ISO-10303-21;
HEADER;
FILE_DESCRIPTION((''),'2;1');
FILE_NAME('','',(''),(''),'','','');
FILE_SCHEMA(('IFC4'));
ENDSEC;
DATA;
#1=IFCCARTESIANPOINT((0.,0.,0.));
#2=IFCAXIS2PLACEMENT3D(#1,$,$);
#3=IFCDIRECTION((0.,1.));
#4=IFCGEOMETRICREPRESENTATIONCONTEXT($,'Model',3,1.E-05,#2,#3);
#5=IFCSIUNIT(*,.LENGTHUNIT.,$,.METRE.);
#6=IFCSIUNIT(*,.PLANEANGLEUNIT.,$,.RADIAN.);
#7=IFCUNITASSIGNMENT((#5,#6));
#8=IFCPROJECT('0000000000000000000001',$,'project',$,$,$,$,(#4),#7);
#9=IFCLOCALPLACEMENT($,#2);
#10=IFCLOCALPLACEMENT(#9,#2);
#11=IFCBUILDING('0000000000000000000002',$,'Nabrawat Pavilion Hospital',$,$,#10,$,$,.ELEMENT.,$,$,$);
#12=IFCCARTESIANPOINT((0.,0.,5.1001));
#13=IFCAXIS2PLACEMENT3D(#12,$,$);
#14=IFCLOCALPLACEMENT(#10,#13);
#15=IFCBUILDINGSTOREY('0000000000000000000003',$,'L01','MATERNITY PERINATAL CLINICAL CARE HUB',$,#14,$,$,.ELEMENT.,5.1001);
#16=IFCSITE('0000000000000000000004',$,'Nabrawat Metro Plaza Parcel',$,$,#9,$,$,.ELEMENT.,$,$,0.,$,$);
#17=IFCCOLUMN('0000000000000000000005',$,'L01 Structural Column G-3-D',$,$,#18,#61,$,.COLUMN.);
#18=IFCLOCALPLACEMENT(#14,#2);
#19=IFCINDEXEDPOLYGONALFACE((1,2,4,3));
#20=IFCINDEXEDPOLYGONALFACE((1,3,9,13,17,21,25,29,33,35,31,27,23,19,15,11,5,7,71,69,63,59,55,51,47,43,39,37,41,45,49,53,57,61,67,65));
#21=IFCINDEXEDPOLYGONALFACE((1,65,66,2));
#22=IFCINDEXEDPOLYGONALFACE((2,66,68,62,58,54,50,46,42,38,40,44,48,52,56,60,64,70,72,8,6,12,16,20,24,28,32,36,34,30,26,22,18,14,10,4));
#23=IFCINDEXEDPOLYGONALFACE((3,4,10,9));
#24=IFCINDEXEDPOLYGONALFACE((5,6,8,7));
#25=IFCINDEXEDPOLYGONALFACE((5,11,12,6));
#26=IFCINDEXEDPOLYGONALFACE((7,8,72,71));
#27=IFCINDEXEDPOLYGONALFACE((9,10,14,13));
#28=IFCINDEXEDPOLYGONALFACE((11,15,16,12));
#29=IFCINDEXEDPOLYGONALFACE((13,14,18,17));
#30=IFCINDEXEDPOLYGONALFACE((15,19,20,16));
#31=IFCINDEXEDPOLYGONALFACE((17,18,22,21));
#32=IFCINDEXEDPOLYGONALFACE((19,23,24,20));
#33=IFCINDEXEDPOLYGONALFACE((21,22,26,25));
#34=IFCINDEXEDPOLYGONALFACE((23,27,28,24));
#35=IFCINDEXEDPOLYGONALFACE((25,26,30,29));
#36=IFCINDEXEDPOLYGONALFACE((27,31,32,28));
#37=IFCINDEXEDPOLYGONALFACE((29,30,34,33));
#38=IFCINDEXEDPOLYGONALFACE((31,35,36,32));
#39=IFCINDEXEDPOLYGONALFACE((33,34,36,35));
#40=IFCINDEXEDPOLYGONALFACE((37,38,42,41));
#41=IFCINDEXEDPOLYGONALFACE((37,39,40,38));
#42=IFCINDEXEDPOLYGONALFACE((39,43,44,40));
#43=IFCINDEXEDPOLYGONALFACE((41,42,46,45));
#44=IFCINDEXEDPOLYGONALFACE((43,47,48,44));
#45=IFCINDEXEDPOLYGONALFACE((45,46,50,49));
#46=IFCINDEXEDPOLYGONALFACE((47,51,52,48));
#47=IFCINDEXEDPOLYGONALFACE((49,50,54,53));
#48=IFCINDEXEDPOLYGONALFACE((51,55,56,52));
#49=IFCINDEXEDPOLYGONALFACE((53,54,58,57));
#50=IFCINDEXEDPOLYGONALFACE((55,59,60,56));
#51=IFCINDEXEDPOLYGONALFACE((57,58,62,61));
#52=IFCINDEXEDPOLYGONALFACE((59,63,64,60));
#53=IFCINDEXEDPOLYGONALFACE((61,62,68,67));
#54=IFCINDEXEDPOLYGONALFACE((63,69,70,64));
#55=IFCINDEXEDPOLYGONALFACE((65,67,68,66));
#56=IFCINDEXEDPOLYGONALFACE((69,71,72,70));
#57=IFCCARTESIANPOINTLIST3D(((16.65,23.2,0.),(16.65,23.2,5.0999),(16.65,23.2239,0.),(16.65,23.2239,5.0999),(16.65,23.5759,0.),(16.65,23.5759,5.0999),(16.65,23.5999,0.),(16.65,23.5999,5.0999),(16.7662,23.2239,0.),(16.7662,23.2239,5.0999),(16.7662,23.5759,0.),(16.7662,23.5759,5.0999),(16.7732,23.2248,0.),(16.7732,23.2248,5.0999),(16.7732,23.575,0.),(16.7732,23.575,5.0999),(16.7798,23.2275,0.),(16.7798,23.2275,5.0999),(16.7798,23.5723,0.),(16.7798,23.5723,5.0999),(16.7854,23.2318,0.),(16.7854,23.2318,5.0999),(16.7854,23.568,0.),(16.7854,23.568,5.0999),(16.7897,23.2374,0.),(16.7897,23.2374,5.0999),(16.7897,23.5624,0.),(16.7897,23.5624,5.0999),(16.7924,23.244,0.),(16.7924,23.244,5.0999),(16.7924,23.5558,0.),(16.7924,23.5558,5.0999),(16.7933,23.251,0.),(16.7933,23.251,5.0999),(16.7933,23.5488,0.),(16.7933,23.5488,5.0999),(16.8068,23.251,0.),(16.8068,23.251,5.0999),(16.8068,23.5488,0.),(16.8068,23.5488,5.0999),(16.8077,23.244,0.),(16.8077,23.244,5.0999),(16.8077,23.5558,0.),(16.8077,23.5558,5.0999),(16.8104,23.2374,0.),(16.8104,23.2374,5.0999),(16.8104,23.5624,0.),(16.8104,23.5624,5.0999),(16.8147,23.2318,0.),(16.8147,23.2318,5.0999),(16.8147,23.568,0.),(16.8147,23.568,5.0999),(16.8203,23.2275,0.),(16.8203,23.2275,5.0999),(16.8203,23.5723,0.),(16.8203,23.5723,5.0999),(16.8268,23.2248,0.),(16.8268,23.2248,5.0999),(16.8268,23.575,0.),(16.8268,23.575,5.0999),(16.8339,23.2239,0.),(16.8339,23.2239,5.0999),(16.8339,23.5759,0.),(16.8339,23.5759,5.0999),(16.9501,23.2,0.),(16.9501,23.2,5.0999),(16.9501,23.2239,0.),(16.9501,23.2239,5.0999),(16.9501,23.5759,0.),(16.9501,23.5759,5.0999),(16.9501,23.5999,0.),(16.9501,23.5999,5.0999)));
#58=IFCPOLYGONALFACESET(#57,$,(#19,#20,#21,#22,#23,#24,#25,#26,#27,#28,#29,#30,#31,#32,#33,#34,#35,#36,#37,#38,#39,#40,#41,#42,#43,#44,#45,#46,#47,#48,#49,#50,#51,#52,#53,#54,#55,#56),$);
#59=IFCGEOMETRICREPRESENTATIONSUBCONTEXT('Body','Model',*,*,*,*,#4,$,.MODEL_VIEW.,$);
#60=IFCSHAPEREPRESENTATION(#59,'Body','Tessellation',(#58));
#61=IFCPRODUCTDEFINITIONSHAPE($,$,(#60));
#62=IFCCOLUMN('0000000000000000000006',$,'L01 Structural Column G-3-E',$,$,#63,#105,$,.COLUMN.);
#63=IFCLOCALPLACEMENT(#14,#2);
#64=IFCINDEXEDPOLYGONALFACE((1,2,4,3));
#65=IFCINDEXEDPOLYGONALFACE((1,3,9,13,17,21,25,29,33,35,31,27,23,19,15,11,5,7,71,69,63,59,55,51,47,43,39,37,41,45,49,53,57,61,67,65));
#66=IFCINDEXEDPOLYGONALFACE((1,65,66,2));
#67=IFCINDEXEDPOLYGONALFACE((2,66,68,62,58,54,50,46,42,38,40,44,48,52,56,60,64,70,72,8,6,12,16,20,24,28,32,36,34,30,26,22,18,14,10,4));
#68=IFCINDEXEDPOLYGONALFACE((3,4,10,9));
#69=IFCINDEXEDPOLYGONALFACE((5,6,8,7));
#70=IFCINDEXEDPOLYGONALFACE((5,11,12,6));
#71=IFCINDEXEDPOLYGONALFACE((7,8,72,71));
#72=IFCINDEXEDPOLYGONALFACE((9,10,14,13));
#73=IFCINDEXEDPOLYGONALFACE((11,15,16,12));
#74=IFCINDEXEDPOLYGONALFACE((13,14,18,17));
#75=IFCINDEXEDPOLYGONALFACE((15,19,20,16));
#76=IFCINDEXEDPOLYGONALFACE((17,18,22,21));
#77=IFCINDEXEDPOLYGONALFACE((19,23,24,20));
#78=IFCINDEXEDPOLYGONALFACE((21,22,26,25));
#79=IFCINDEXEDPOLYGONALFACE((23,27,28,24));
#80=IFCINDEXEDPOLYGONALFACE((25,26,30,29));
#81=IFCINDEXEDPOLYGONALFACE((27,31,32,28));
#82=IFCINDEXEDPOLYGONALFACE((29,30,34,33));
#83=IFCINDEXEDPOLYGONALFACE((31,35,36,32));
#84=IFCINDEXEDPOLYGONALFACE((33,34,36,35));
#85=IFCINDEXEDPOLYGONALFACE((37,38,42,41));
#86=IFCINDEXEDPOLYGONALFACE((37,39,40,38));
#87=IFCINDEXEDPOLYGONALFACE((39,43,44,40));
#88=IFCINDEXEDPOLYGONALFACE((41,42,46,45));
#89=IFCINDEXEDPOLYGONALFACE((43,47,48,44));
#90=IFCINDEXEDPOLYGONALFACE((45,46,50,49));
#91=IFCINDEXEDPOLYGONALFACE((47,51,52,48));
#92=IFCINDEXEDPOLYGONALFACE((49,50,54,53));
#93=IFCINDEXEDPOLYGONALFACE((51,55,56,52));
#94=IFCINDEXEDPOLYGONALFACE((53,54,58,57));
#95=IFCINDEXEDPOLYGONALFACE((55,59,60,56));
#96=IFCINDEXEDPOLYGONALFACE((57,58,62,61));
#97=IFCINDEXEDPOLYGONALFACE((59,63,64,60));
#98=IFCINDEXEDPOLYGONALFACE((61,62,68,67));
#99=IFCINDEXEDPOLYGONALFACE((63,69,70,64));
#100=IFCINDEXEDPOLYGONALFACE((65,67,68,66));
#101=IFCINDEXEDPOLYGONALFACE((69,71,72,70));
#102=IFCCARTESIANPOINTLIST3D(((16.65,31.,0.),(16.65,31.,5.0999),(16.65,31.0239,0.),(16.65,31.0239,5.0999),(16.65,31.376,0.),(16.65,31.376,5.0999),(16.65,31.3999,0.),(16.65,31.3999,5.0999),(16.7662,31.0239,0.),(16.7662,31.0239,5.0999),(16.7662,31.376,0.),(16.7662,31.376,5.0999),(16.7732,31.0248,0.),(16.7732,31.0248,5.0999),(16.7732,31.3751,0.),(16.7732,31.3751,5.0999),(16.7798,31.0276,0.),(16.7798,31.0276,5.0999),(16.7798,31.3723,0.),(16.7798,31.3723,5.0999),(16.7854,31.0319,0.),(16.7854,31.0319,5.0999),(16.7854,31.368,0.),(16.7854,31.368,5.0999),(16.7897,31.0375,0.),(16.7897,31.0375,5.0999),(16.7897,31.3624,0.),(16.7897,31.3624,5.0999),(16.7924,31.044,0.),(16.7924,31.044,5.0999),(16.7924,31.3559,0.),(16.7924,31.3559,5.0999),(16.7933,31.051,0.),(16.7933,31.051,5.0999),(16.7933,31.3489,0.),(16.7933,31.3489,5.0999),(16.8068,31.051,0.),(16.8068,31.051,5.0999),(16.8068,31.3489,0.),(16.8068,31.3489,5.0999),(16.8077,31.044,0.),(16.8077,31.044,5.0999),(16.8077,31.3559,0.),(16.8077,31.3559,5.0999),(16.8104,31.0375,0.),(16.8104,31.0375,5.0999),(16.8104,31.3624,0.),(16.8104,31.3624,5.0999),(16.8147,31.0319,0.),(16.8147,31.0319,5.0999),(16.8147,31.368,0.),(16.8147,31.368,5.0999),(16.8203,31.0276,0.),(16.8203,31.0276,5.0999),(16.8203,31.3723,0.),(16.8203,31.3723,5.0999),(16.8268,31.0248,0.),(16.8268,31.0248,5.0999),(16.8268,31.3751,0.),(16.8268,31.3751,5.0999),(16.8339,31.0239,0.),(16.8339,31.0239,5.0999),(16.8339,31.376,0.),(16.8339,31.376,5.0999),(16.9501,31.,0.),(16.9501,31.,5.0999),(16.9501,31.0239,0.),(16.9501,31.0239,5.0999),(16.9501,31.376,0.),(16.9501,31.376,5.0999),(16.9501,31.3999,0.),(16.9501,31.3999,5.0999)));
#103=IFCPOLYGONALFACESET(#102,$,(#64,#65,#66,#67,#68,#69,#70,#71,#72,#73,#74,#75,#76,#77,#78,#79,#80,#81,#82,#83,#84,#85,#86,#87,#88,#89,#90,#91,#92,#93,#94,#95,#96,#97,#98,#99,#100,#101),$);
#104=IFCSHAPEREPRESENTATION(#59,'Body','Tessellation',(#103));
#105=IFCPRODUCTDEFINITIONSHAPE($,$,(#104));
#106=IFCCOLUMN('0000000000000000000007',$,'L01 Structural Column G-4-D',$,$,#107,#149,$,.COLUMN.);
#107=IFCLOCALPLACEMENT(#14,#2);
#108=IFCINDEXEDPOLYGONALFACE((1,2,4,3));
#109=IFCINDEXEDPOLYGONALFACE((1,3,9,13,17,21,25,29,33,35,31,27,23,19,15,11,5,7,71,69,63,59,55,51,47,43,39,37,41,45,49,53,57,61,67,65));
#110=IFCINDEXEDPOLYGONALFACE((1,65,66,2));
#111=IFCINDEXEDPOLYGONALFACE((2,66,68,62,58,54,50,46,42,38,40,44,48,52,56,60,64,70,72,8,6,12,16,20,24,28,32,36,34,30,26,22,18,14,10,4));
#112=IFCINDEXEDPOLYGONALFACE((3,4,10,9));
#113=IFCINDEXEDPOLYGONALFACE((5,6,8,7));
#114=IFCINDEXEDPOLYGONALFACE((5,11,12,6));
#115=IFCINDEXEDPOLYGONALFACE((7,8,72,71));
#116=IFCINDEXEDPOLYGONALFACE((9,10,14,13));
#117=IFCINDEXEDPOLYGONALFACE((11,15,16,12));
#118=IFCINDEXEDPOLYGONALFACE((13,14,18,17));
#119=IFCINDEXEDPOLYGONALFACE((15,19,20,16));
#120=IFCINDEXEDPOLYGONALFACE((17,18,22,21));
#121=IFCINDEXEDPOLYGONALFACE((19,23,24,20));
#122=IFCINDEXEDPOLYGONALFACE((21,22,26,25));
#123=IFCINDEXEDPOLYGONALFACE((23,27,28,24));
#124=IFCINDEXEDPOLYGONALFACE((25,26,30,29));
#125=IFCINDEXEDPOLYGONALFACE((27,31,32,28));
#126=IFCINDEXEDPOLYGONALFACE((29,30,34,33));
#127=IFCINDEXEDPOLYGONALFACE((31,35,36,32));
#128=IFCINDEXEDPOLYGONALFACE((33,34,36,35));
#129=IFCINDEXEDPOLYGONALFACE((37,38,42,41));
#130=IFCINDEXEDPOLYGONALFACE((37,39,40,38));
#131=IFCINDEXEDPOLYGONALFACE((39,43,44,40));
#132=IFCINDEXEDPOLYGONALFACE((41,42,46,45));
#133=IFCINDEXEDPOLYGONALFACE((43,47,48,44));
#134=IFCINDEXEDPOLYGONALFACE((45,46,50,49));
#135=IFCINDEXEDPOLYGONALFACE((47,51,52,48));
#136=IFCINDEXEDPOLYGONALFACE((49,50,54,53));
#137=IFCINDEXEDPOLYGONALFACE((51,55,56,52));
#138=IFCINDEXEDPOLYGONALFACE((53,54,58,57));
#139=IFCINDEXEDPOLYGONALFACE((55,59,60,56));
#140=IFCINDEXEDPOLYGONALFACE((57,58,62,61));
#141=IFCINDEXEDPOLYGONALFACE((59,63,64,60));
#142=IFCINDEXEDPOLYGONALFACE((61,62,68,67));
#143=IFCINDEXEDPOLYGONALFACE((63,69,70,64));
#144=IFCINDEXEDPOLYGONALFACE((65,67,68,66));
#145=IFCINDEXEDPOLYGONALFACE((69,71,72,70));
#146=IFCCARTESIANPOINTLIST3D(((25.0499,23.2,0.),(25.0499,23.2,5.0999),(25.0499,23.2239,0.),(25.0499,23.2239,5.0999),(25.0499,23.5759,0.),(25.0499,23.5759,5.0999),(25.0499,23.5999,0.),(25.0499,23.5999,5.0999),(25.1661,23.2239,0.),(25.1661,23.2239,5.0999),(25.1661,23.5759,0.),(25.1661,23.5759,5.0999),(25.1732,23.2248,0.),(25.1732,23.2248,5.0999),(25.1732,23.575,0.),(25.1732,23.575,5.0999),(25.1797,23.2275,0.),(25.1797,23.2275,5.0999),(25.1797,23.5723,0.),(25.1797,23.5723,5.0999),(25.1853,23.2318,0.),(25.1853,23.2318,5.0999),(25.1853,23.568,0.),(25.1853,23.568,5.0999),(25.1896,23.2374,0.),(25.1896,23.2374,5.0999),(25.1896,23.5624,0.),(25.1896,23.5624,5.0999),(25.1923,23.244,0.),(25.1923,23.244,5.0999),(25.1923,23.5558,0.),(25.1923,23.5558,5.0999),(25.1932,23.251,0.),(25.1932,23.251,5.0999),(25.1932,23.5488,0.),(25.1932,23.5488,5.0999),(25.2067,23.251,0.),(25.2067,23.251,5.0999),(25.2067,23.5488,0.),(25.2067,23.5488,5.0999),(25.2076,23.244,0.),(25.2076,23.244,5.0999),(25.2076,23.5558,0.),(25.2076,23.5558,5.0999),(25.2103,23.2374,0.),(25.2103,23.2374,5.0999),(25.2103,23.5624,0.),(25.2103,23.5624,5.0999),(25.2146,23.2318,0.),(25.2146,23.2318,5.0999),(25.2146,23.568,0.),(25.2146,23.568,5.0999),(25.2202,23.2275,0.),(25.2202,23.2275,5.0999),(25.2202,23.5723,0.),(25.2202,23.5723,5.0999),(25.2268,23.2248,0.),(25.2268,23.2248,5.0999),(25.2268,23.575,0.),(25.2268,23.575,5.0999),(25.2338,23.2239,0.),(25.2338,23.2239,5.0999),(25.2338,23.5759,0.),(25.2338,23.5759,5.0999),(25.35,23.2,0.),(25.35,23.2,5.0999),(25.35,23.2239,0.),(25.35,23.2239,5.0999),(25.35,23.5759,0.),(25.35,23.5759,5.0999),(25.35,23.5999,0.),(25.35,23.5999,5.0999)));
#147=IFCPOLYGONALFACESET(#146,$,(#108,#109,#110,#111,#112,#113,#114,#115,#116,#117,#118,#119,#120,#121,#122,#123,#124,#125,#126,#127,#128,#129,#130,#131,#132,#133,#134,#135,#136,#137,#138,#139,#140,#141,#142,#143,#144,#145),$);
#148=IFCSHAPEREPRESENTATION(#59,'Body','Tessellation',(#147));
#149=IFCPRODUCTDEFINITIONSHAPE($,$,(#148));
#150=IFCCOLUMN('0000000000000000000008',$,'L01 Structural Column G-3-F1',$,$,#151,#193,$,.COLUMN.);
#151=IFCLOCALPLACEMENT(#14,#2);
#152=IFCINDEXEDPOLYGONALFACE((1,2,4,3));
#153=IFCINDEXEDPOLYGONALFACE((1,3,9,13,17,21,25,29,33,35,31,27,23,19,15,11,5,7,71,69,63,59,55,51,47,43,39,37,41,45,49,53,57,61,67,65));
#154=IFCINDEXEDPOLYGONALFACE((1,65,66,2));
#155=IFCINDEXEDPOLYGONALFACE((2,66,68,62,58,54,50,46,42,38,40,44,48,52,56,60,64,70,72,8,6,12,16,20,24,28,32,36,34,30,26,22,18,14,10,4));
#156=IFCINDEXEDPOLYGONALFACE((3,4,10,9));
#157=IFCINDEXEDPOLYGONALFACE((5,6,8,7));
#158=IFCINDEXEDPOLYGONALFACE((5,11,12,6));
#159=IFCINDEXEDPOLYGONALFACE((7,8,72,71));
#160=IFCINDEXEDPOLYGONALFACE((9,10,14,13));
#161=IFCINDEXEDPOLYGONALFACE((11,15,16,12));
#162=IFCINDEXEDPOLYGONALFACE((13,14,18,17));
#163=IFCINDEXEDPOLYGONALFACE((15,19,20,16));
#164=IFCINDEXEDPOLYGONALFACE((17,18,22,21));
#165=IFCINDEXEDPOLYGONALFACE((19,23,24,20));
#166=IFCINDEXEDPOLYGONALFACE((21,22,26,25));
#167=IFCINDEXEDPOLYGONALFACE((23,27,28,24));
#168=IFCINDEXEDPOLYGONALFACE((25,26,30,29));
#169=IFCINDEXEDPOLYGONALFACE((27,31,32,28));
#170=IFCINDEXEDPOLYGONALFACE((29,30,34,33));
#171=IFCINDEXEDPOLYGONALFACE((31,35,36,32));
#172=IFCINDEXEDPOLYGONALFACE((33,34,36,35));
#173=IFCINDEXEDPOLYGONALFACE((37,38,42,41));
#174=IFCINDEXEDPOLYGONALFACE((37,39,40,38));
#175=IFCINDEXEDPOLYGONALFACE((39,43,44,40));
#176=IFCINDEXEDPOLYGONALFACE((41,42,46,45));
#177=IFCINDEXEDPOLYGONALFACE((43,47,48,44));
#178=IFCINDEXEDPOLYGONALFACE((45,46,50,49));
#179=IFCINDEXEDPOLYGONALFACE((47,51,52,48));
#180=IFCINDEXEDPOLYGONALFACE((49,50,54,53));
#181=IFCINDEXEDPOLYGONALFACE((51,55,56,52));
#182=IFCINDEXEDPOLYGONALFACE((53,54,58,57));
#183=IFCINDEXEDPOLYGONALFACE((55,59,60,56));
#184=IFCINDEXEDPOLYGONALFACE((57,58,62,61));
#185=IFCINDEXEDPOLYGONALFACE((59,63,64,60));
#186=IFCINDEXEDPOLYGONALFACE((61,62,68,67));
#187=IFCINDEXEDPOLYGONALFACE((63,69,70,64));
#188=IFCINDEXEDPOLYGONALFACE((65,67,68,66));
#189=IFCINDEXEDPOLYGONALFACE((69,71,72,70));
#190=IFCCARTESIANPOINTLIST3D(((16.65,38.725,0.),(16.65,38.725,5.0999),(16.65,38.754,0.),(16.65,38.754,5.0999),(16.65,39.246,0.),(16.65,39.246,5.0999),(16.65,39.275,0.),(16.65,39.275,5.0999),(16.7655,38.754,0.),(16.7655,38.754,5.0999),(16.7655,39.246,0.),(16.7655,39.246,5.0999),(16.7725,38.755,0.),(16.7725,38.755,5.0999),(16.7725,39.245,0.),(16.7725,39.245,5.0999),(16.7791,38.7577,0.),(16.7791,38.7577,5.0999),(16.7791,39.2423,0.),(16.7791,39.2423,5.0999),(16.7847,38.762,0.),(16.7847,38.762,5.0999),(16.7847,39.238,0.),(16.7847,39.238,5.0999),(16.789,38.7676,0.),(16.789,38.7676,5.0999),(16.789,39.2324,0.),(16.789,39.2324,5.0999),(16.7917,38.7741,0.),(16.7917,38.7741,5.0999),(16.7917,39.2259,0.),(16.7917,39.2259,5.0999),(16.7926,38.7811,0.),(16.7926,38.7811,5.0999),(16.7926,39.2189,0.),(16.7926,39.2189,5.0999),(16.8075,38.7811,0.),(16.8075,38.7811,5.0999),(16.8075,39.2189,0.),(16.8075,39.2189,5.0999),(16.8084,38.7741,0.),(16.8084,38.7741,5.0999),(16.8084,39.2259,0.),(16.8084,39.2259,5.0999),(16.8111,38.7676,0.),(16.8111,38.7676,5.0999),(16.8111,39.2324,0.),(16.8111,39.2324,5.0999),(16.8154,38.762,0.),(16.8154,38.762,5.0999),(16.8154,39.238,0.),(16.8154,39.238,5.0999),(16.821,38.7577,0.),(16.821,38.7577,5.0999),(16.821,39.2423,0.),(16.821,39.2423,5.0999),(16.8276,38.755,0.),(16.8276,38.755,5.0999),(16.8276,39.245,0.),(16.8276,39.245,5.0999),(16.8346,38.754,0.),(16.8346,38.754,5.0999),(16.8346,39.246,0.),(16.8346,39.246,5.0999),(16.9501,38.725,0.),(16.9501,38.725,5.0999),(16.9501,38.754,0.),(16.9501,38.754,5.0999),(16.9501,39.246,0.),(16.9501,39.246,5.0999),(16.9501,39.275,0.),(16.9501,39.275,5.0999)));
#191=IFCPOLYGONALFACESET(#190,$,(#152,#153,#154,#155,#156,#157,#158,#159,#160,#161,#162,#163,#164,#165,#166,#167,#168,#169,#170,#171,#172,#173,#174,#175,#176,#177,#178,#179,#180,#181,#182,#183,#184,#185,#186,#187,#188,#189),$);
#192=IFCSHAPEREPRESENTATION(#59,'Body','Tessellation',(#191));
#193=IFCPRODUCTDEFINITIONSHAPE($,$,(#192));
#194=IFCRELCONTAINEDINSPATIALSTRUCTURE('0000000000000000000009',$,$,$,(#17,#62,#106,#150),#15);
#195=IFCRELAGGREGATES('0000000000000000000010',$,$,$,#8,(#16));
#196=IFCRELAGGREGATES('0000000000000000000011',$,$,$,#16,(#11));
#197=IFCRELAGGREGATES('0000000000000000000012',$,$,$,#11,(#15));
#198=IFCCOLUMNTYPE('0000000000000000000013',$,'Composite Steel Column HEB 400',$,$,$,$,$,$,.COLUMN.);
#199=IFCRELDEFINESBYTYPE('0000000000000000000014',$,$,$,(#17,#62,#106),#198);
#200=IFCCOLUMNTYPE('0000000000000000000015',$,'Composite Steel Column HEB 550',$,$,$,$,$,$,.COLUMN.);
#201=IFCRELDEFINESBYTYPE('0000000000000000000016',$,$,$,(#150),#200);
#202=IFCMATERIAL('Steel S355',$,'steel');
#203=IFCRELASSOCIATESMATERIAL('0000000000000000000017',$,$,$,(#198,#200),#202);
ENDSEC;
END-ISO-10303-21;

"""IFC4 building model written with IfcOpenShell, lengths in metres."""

from ifc_helpers import new_model, si_unit, direction, frame, origin, origin_2d, place, context, subcontext, project, spatial, i_section, extrude, material, material_profile, profile_set, type_object, element, save


model = new_model("IFC4")

# Units and contexts
model_context = context("Model", 3, precision=1e-05, world=origin(), true_north=direction((0.0, 1.0)))
body_context = subcontext(model_context, "Body", "Model", "MODEL_VIEW")
ifc_project = project(units=[si_unit("LENGTHUNIT", "METRE"), si_unit("PLANEANGLEUNIT", "RADIAN")], contexts=[model_context])

# Site, building, storey
site_placement = place(None, origin())
site = spatial("IfcSite", under=ifc_project, at=site_placement, Name="Nabrawat Metro Plaza Parcel", CompositionType="ELEMENT", RefElevation=0.0)
building_placement = place(site_placement, origin())
building = spatial("IfcBuilding", under=site, at=building_placement, Name="Nabrawat Pavilion Hospital", CompositionType="ELEMENT")
storey_placement = place(building_placement, frame((0.0, 0.0, 5.1001)))
storey = spatial("IfcBuildingStorey", under=building, at=storey_placement, Name="L01", Description="MATERNITY PERINATAL CLINICAL CARE HUB", CompositionType="ELEMENT", Elevation=5.1001)

# Columns
ifc_material_1 = material(Name="Steel S355", Category="steel")
ifc_material_profile_1 = material_profile(ifc_material_1, i_section(OverallWidth=0.3, OverallDepth=0.3999, WebThickness=0.0134, FlangeThickness=0.0239, FilletRadius=0.0271, at=origin_2d()), Name="HEB 400")
ifc_profile_set_1 = profile_set([ifc_material_profile_1], Name="Steel S355")
column_type_1 = type_object("IfcColumnType", Name="Composite Steel Column HEB 400", PredefinedType="COLUMN", material=ifc_profile_set_1)
for number, where, z_axis, x_axis, name in (
    (1, (16.8, 23.3999, 0.0), (0.0, 0.0, 1.0), (1.0, 0.0, 0.0), "L01 Structural Column G-3-D"),
    (2, (16.8, 31.2, 0.0), (0.0, 0.0, 1.0), (1.0, 0.0, 0.0), "L01 Structural Column G-3-E"),
    (3, (25.2, 23.3999, 0.0), (0.0, 0.0, 1.0), (1.0, 0.0, 0.0), "L01 Structural Column G-4-D"),
):
    element("IfcColumn", number, at=place(storey_placement, frame(where, z_axis=z_axis, x_axis=x_axis)), inside=storey, type_object=column_type_1, Name=name, PredefinedType="COLUMN", context=body_context, shape_type="SweptSolid", body=[
        extrude(i_section(OverallWidth=0.3, OverallDepth=0.3999, WebThickness=0.0134, FlangeThickness=0.0239, FilletRadius=0.0271, at=origin_2d()), origin(), (0.0, 0.0, 1.0), 5.0999),
    ])
ifc_material_profile_2 = material_profile(ifc_material_1, i_section(OverallWidth=0.3, OverallDepth=0.55, WebThickness=0.0149, FlangeThickness=0.0291, FilletRadius=0.0271, at=origin_2d()), Name="HEB 550")
ifc_profile_set_2 = profile_set([ifc_material_profile_2], Name="Steel S355")
column_type_2 = type_object("IfcColumnType", Name="Composite Steel Column HEB 550", PredefinedType="COLUMN", material=ifc_profile_set_2)
for number, where, z_axis, x_axis, name in (
    (4, (16.8, 39.0, 0.0), (0.0, 0.0, 1.0), (1.0, 0.0, 0.0), "L01 Structural Column G-3-F1"),
):
    element("IfcColumn", number, at=place(storey_placement, frame(where, z_axis=z_axis, x_axis=x_axis)), inside=storey, type_object=column_type_2, Name=name, PredefinedType="COLUMN", context=body_context, shape_type="SweptSolid", body=[
        extrude(i_section(OverallWidth=0.3, OverallDepth=0.55, WebThickness=0.0149, FlangeThickness=0.0291, FilletRadius=0.0271, at=origin_2d()), origin(), (0.0, 0.0, 1.0), 5.0999),
    ])

save(model, "model.ifc")
